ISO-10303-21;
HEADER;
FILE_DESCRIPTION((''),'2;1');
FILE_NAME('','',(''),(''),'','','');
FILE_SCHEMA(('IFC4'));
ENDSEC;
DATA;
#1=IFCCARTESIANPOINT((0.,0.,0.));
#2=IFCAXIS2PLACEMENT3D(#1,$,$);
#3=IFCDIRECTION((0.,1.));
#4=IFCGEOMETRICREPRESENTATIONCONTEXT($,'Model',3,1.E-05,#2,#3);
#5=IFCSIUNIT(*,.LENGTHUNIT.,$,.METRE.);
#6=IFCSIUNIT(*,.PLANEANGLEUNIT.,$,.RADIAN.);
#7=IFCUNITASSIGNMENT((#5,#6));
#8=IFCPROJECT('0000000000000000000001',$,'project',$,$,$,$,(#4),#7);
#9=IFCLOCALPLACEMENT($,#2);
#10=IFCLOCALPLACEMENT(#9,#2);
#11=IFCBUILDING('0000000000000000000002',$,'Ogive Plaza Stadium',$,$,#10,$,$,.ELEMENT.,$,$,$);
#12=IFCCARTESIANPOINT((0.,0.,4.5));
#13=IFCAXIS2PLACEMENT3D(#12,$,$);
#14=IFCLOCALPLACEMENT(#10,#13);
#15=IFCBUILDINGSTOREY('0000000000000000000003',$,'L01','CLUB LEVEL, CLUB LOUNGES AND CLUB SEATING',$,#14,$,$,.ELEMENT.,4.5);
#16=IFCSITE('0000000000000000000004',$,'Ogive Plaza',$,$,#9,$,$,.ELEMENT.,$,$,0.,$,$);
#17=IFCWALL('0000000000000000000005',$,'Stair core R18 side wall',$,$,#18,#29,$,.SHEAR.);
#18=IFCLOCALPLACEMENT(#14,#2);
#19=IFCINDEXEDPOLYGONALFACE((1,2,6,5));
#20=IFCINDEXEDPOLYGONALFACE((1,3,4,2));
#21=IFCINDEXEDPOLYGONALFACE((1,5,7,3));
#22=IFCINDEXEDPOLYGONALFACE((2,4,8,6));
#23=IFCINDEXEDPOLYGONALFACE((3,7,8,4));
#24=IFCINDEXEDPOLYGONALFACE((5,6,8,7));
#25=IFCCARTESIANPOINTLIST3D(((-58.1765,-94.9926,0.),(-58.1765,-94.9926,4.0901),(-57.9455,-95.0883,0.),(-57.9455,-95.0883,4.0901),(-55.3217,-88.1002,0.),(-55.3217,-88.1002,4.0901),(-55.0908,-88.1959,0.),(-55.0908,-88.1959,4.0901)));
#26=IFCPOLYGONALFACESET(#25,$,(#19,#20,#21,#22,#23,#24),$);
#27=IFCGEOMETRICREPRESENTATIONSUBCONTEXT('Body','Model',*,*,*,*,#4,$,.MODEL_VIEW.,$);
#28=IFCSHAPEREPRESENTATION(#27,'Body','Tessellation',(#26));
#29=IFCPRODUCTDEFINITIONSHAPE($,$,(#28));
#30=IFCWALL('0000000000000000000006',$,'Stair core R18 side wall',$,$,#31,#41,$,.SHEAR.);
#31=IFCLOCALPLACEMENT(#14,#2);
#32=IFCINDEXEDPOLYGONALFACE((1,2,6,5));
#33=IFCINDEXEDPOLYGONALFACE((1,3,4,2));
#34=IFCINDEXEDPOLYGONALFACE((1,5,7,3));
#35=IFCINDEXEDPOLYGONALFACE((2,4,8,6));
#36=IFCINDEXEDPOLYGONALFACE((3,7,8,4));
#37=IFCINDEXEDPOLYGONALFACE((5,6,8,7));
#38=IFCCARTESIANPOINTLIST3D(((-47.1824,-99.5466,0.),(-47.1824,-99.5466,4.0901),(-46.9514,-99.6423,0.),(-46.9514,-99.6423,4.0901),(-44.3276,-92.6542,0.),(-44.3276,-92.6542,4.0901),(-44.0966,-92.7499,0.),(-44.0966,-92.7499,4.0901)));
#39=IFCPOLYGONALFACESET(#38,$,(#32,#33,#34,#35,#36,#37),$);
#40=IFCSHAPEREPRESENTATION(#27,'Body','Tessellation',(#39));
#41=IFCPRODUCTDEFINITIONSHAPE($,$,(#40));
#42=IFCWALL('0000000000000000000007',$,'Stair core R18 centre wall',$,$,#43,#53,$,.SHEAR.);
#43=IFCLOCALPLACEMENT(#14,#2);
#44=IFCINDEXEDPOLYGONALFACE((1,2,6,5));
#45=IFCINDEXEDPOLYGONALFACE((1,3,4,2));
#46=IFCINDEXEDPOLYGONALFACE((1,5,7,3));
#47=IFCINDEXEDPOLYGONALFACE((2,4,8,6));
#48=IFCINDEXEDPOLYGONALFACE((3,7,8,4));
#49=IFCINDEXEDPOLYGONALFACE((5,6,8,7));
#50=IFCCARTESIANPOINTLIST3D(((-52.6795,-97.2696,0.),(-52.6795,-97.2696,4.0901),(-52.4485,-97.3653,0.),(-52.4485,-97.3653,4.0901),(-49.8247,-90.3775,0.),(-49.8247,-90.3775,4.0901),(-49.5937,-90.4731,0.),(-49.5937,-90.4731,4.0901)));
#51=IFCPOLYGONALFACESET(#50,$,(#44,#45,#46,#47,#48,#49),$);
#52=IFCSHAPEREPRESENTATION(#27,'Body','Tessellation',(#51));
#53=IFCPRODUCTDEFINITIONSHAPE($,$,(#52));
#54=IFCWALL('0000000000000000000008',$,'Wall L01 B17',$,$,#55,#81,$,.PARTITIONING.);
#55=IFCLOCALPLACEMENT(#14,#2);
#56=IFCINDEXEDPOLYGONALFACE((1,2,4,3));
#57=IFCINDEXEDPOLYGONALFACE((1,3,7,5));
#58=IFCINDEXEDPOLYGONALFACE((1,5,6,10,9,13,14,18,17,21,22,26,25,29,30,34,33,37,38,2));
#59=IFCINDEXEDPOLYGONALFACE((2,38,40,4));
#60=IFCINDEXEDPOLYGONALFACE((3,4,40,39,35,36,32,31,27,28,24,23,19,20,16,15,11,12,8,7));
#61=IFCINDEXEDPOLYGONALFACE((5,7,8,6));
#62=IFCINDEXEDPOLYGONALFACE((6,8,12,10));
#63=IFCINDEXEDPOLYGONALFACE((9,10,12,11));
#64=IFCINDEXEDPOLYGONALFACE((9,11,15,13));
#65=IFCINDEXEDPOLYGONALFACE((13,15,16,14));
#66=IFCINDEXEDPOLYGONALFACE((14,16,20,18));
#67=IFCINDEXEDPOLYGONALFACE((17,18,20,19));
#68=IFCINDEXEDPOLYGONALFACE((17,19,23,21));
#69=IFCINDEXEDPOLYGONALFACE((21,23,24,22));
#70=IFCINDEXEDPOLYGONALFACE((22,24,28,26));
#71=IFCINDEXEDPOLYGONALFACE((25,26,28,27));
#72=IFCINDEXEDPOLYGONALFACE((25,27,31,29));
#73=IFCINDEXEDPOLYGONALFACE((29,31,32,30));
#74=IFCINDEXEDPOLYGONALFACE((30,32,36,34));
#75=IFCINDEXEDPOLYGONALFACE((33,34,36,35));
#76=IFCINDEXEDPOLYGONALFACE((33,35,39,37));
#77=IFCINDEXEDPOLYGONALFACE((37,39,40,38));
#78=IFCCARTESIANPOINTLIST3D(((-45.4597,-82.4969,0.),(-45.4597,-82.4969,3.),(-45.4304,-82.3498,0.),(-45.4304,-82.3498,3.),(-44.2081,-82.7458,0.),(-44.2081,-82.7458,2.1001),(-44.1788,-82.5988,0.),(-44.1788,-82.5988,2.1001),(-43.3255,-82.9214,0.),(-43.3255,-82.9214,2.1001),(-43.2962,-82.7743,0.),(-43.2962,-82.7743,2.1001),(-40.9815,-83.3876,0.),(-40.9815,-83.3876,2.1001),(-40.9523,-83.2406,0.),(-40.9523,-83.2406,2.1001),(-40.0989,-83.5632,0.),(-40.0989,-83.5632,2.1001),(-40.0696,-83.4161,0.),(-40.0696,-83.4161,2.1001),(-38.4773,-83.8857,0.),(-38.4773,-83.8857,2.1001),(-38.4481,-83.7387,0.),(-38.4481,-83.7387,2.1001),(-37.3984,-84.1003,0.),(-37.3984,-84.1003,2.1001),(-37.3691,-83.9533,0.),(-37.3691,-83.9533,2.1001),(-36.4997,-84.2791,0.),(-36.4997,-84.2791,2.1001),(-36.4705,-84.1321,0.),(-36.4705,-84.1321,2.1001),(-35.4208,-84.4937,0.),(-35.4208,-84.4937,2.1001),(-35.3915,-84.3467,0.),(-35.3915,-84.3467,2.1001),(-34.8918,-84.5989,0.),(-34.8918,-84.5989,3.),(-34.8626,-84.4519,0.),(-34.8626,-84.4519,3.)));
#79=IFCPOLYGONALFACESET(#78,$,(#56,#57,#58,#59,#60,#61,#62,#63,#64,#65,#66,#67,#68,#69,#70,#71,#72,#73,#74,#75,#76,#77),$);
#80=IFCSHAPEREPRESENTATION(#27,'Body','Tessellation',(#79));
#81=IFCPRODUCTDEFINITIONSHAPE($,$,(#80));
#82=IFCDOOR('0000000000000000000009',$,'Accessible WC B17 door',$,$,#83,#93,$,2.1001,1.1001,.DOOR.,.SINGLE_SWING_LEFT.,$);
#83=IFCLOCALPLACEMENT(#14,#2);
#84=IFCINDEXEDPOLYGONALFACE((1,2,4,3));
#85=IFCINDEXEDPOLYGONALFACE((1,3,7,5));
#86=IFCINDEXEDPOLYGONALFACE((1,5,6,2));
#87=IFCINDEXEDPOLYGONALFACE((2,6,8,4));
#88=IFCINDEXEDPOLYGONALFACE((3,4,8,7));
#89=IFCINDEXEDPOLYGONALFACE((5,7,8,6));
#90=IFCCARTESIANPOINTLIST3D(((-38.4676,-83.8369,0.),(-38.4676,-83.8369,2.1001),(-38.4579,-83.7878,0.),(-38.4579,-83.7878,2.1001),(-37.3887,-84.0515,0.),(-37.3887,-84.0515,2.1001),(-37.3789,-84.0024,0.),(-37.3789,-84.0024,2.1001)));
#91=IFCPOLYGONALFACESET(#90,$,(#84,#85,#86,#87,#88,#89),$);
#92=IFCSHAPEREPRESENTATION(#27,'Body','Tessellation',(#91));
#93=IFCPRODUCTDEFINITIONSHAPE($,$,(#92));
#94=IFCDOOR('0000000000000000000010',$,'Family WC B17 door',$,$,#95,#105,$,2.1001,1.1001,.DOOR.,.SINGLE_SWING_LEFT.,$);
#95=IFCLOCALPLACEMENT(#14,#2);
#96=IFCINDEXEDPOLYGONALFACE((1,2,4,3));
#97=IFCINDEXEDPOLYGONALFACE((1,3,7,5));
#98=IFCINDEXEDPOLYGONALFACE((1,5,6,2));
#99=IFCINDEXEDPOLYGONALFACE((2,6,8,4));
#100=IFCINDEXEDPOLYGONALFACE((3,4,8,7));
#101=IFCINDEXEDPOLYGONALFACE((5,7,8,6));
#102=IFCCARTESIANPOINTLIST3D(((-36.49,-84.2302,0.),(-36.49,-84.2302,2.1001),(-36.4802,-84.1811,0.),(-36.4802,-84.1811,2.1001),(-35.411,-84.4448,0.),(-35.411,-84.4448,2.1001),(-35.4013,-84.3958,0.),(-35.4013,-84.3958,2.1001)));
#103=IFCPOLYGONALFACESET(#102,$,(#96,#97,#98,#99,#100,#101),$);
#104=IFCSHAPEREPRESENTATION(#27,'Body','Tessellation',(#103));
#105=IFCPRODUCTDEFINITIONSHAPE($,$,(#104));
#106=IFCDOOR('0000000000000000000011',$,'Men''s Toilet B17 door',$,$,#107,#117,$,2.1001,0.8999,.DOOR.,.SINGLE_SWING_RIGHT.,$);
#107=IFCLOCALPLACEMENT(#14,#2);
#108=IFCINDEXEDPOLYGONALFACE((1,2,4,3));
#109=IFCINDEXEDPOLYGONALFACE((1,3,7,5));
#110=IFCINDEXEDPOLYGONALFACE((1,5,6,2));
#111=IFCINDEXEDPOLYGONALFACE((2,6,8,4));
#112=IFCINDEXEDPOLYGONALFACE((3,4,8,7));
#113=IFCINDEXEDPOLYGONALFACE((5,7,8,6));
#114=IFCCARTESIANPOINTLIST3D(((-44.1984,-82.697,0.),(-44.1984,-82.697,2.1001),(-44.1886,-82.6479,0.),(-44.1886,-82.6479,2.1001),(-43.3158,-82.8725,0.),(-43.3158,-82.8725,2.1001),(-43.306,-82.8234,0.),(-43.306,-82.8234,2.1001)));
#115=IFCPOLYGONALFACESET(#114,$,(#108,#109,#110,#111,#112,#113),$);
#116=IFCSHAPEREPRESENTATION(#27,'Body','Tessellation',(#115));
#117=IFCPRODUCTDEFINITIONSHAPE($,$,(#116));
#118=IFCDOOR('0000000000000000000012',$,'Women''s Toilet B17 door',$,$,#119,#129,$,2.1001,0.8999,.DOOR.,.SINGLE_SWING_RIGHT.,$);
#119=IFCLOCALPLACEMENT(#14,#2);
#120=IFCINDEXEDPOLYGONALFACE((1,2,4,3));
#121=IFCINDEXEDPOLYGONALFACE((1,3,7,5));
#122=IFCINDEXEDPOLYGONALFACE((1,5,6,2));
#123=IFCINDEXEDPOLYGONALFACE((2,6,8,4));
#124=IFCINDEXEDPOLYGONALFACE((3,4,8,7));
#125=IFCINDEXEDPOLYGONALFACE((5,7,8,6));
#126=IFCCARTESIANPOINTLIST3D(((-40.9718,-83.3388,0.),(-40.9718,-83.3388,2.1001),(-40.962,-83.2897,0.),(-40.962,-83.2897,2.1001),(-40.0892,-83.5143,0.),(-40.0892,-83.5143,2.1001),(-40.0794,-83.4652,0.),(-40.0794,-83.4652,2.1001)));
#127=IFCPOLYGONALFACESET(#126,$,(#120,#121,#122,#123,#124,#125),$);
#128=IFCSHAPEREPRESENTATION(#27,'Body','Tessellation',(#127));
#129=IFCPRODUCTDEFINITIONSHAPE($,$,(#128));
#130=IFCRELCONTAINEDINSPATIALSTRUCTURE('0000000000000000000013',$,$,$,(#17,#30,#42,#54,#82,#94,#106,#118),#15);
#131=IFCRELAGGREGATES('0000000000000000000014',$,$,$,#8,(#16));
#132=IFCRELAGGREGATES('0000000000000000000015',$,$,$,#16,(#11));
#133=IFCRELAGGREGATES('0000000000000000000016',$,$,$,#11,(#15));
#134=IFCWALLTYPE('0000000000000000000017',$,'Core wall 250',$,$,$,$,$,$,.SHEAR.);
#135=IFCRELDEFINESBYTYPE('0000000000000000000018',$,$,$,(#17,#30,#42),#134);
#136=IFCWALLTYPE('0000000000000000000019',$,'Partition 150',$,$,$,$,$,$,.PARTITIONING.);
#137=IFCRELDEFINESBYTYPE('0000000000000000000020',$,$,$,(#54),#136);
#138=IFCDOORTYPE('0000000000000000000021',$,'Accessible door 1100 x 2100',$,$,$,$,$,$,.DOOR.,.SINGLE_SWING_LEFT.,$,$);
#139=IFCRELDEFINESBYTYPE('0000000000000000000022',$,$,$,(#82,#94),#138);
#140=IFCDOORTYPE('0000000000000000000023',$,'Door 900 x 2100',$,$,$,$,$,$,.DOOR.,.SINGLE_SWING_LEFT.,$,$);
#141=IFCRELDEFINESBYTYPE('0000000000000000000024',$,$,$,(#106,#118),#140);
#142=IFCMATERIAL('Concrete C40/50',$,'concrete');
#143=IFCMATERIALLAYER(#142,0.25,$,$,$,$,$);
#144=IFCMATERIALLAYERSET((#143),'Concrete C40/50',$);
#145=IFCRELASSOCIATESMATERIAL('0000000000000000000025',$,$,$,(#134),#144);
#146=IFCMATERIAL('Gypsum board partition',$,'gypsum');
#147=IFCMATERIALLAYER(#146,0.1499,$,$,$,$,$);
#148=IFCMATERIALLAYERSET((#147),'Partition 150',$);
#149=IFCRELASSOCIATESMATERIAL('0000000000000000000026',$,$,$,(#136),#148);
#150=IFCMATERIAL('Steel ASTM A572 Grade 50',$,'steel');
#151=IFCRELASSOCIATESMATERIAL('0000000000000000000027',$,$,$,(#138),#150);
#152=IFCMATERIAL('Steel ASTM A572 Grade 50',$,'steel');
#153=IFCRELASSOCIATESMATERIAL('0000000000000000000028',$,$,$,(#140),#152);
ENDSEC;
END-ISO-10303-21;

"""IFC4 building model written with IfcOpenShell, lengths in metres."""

from ifc_helpers import new_model, si_unit, direction, frame, frame_2d, origin, place, context, subcontext, project, spatial, rectangle, extrude, material, layer, layer_set, type_object, element, fill, save


model = new_model("IFC4")

# Units and contexts
model_context = context("Model", 3, precision=1e-05, world=origin(), true_north=direction((0.0, 1.0)))
body_context = subcontext(model_context, "Body", "Model", "MODEL_VIEW")
ifc_project = project(units=[si_unit("LENGTHUNIT", "METRE"), si_unit("PLANEANGLEUNIT", "RADIAN")], contexts=[model_context])

# Site, building, storey
site_placement = place(None, origin())
site = spatial("IfcSite", under=ifc_project, at=site_placement, Name="Ogive Plaza", CompositionType="ELEMENT", RefElevation=0.0)
building_placement = place(site_placement, origin())
building = spatial("IfcBuilding", under=site, at=building_placement, Name="Ogive Plaza Stadium", CompositionType="ELEMENT")
storey_placement = place(building_placement, frame((0.0, 0.0, 4.5)))
storey = spatial("IfcBuildingStorey", under=building, at=storey_placement, Name="L01", Description="CLUB LEVEL, CLUB LOUNGES AND CLUB SEATING", CompositionType="ELEMENT", Elevation=4.5)

# Shared definitions
ifc_material_1 = material(Name="Concrete C40/50", Category="concrete")
ifc_layer_1 = layer(ifc_material_1, 0.25)
ifc_layer_set_1 = layer_set([ifc_layer_1], Name="Concrete C40/50")
wall_type_1 = type_object("IfcWallType", Name="Core wall 250", PredefinedType="SHEAR", material=ifc_layer_set_1)

# Walls
for number, where, z_axis, x_axis, name in (
    (1, (-55.2063, -88.1482, 0.0), (0.0, 0.0, 1.0), (-0.382665, -0.923887, 0.0), "Stair core R18 side wall"),
    (2, (-44.2122, -92.7021, 0.0), (0.0, 0.0, 1.0), (-0.382665, -0.923887, 0.0), "Stair core R18 side wall"),
):
    element("IfcWall", number, at=place(storey_placement, frame(where, z_axis=z_axis, x_axis=x_axis)), inside=storey, type_object=wall_type_1, Name=name, PredefinedType="SHEAR", context=body_context, shape_type="SweptSolid", body=[
        extrude(rectangle(XDim=7.4602, YDim=0.25, at=frame_2d((3.73, 0.0))), origin(), (0.0, 0.0, 1.0), 4.0901),
    ])
wall_1_placement = place(storey_placement, frame((-49.7092, -90.4253, 0.0), z_axis=(0.0, 0.0, 1.0), x_axis=(-0.382676, -0.923882, 0.0)))
element("IfcWall", 3, at=wall_1_placement, inside=storey, type_object=wall_type_1, Name="Stair core R18 centre wall", PredefinedType="SHEAR", context=body_context, shape_type="SweptSolid", body=[
    extrude(rectangle(XDim=7.46, YDim=0.25, at=frame_2d((3.73, 0.0))), origin(), (0.0, 0.0, 1.0), 4.0901),
])

# Wall, openings, doors
ifc_material_2 = material(Name="Gypsum board partition", Category="gypsum")
ifc_layer_2 = layer(ifc_material_2, 0.1499)
ifc_layer_set_2 = layer_set([ifc_layer_2], Name="Partition 150")
wall_type_2 = type_object("IfcWallType", Name="Partition 150", PredefinedType="PARTITIONING", material=ifc_layer_set_2)
wall_2_placement = place(storey_placement, frame((-45.4451, -82.4233, 0.0), z_axis=(0.0, 0.0, 1.0), x_axis=(0.980786, -0.195088, 0.0)))
wall_2 = element("IfcWall", 4, at=wall_2_placement, inside=storey, type_object=wall_type_2, Name="Wall L01 B17", PredefinedType="PARTITIONING", context=body_context, shape_type="SweptSolid", body=[
    extrude(rectangle(XDim=10.7749, YDim=0.1499, at=frame_2d((5.3875, 0.0))), origin(), (0.0, 0.0, 1.0), 3.0),
])
opening_1_placement = place(wall_2_placement, frame((1.2761, 0.0, 0.0)))
opening_1 = element("IfcOpeningElement", 5, at=opening_1_placement, cuts=wall_2, PredefinedType="OPENING", context=body_context, shape_type="SweptSolid", body=[
    extrude(rectangle(XDim=0.8999, YDim=2.1001, at=frame_2d((0.45, 1.05))), frame((0.0, 0.075, 0.0), z_axis=(0.0, -1.0, 0.0), x_axis=(1.0, 0.0, 0.0)), (0.0, 0.0, 1.0), 0.1499),
])
opening_2_placement = place(wall_2_placement, frame((4.5659, 0.0, 0.0)))
opening_2 = element("IfcOpeningElement", 6, at=opening_2_placement, cuts=wall_2, PredefinedType="OPENING", context=body_context, shape_type="SweptSolid", body=[
    extrude(rectangle(XDim=0.8999, YDim=2.1001, at=frame_2d((0.45, 1.05))), frame((0.0, 0.075, 0.0), z_axis=(0.0, -1.0, 0.0), x_axis=(1.0, 0.0, 0.0)), (0.0, 0.0, 1.0), 0.1499),
])
opening_3_placement = place(wall_2_placement, frame((7.1191, 0.0, 0.0)))
opening_3 = element("IfcOpeningElement", 7, at=opening_3_placement, cuts=wall_2, PredefinedType="OPENING", context=body_context, shape_type="SweptSolid", body=[
    extrude(rectangle(XDim=1.1001, YDim=2.1001, at=frame_2d((0.55, 1.05))), frame((0.0, 0.075, 0.0), z_axis=(0.0, -1.0, 0.0), x_axis=(1.0, 0.0, 0.0)), (0.0, 0.0, 1.0), 0.1499),
])
opening_4_placement = place(wall_2_placement, frame((9.1355, 0.0, 0.0)))
opening_4 = element("IfcOpeningElement", 8, at=opening_4_placement, cuts=wall_2, PredefinedType="OPENING", context=body_context, shape_type="SweptSolid", body=[
    extrude(rectangle(XDim=1.1001, YDim=2.1001, at=frame_2d((0.55, 1.05))), frame((0.0, 0.075, 0.0), z_axis=(0.0, -1.0, 0.0), x_axis=(1.0, 0.0, 0.0)), (0.0, 0.0, 1.0), 0.1499),
])
ifc_material_3 = material(Name="Steel ASTM A572 Grade 50", Category="steel")
door_type_1 = type_object("IfcDoorType", Name="Accessible door 1100 x 2100", OperationType="SINGLE_SWING_LEFT", PredefinedType="DOOR", material=ifc_material_3)
door_1_placement = place(opening_3_placement, origin())
door_1 = element("IfcDoor", 9, at=door_1_placement, inside=storey, type_object=door_type_1, Name="Accessible WC B17 door", OperationType="SINGLE_SWING_LEFT", OverallHeight=2.1001, OverallWidth=1.1001, PredefinedType="DOOR", context=body_context, shape_type="SweptSolid", body=[
    extrude(rectangle(XDim=1.1001, YDim=2.1001, at=frame_2d((0.55, 1.05))), frame((0.0, 0.0249, 0.0), z_axis=(0.0, -1.0, 0.0), x_axis=(1.0, 0.0, 0.0)), (0.0, 0.0, 1.0), 0.05),
])
fill(opening_3, door_1)
door_2_placement = place(opening_4_placement, origin())
door_2 = element("IfcDoor", 10, at=door_2_placement, inside=storey, type_object=door_type_1, Name="Family WC B17 door", OperationType="SINGLE_SWING_LEFT", OverallHeight=2.1001, OverallWidth=1.1001, PredefinedType="DOOR", context=body_context, shape_type="SweptSolid", body=[
    extrude(rectangle(XDim=1.1001, YDim=2.1001, at=frame_2d((0.55, 1.05))), frame((0.0, 0.0249, 0.0), z_axis=(0.0, -1.0, 0.0), x_axis=(1.0, 0.0, 0.0)), (0.0, 0.0, 1.0), 0.05),
])
fill(opening_4, door_2)
ifc_material_4 = material(Name="Steel ASTM A572 Grade 50", Category="steel")
door_type_2 = type_object("IfcDoorType", Name="Door 900 x 2100", OperationType="SINGLE_SWING_LEFT", PredefinedType="DOOR", material=ifc_material_4)
door_3_placement = place(opening_1_placement, origin())
door_3 = element("IfcDoor", 11, at=door_3_placement, inside=storey, type_object=door_type_2, Name="Men's Toilet B17 door", OperationType="SINGLE_SWING_RIGHT", OverallHeight=2.1001, OverallWidth=0.8999, PredefinedType="DOOR", context=body_context, shape_type="SweptSolid", body=[
    extrude(rectangle(XDim=0.8999, YDim=2.1001, at=frame_2d((0.45, 1.05))), frame((0.0, 0.0249, 0.0), z_axis=(0.0, -1.0, 0.0), x_axis=(1.0, 0.0, 0.0)), (0.0, 0.0, 1.0), 0.05),
])
fill(opening_1, door_3)
door_4_placement = place(opening_2_placement, origin())
door_4 = element("IfcDoor", 12, at=door_4_placement, inside=storey, type_object=door_type_2, Name="Women's Toilet B17 door", OperationType="SINGLE_SWING_RIGHT", OverallHeight=2.1001, OverallWidth=0.8999, PredefinedType="DOOR", context=body_context, shape_type="SweptSolid", body=[
    extrude(rectangle(XDim=0.8999, YDim=2.1001, at=frame_2d((0.45, 1.05))), frame((0.0, 0.0249, 0.0), z_axis=(0.0, -1.0, 0.0), x_axis=(1.0, 0.0, 0.0)), (0.0, 0.0, 1.0), 0.05),
])
fill(opening_2, door_4)

save(model, "model.ifc")
